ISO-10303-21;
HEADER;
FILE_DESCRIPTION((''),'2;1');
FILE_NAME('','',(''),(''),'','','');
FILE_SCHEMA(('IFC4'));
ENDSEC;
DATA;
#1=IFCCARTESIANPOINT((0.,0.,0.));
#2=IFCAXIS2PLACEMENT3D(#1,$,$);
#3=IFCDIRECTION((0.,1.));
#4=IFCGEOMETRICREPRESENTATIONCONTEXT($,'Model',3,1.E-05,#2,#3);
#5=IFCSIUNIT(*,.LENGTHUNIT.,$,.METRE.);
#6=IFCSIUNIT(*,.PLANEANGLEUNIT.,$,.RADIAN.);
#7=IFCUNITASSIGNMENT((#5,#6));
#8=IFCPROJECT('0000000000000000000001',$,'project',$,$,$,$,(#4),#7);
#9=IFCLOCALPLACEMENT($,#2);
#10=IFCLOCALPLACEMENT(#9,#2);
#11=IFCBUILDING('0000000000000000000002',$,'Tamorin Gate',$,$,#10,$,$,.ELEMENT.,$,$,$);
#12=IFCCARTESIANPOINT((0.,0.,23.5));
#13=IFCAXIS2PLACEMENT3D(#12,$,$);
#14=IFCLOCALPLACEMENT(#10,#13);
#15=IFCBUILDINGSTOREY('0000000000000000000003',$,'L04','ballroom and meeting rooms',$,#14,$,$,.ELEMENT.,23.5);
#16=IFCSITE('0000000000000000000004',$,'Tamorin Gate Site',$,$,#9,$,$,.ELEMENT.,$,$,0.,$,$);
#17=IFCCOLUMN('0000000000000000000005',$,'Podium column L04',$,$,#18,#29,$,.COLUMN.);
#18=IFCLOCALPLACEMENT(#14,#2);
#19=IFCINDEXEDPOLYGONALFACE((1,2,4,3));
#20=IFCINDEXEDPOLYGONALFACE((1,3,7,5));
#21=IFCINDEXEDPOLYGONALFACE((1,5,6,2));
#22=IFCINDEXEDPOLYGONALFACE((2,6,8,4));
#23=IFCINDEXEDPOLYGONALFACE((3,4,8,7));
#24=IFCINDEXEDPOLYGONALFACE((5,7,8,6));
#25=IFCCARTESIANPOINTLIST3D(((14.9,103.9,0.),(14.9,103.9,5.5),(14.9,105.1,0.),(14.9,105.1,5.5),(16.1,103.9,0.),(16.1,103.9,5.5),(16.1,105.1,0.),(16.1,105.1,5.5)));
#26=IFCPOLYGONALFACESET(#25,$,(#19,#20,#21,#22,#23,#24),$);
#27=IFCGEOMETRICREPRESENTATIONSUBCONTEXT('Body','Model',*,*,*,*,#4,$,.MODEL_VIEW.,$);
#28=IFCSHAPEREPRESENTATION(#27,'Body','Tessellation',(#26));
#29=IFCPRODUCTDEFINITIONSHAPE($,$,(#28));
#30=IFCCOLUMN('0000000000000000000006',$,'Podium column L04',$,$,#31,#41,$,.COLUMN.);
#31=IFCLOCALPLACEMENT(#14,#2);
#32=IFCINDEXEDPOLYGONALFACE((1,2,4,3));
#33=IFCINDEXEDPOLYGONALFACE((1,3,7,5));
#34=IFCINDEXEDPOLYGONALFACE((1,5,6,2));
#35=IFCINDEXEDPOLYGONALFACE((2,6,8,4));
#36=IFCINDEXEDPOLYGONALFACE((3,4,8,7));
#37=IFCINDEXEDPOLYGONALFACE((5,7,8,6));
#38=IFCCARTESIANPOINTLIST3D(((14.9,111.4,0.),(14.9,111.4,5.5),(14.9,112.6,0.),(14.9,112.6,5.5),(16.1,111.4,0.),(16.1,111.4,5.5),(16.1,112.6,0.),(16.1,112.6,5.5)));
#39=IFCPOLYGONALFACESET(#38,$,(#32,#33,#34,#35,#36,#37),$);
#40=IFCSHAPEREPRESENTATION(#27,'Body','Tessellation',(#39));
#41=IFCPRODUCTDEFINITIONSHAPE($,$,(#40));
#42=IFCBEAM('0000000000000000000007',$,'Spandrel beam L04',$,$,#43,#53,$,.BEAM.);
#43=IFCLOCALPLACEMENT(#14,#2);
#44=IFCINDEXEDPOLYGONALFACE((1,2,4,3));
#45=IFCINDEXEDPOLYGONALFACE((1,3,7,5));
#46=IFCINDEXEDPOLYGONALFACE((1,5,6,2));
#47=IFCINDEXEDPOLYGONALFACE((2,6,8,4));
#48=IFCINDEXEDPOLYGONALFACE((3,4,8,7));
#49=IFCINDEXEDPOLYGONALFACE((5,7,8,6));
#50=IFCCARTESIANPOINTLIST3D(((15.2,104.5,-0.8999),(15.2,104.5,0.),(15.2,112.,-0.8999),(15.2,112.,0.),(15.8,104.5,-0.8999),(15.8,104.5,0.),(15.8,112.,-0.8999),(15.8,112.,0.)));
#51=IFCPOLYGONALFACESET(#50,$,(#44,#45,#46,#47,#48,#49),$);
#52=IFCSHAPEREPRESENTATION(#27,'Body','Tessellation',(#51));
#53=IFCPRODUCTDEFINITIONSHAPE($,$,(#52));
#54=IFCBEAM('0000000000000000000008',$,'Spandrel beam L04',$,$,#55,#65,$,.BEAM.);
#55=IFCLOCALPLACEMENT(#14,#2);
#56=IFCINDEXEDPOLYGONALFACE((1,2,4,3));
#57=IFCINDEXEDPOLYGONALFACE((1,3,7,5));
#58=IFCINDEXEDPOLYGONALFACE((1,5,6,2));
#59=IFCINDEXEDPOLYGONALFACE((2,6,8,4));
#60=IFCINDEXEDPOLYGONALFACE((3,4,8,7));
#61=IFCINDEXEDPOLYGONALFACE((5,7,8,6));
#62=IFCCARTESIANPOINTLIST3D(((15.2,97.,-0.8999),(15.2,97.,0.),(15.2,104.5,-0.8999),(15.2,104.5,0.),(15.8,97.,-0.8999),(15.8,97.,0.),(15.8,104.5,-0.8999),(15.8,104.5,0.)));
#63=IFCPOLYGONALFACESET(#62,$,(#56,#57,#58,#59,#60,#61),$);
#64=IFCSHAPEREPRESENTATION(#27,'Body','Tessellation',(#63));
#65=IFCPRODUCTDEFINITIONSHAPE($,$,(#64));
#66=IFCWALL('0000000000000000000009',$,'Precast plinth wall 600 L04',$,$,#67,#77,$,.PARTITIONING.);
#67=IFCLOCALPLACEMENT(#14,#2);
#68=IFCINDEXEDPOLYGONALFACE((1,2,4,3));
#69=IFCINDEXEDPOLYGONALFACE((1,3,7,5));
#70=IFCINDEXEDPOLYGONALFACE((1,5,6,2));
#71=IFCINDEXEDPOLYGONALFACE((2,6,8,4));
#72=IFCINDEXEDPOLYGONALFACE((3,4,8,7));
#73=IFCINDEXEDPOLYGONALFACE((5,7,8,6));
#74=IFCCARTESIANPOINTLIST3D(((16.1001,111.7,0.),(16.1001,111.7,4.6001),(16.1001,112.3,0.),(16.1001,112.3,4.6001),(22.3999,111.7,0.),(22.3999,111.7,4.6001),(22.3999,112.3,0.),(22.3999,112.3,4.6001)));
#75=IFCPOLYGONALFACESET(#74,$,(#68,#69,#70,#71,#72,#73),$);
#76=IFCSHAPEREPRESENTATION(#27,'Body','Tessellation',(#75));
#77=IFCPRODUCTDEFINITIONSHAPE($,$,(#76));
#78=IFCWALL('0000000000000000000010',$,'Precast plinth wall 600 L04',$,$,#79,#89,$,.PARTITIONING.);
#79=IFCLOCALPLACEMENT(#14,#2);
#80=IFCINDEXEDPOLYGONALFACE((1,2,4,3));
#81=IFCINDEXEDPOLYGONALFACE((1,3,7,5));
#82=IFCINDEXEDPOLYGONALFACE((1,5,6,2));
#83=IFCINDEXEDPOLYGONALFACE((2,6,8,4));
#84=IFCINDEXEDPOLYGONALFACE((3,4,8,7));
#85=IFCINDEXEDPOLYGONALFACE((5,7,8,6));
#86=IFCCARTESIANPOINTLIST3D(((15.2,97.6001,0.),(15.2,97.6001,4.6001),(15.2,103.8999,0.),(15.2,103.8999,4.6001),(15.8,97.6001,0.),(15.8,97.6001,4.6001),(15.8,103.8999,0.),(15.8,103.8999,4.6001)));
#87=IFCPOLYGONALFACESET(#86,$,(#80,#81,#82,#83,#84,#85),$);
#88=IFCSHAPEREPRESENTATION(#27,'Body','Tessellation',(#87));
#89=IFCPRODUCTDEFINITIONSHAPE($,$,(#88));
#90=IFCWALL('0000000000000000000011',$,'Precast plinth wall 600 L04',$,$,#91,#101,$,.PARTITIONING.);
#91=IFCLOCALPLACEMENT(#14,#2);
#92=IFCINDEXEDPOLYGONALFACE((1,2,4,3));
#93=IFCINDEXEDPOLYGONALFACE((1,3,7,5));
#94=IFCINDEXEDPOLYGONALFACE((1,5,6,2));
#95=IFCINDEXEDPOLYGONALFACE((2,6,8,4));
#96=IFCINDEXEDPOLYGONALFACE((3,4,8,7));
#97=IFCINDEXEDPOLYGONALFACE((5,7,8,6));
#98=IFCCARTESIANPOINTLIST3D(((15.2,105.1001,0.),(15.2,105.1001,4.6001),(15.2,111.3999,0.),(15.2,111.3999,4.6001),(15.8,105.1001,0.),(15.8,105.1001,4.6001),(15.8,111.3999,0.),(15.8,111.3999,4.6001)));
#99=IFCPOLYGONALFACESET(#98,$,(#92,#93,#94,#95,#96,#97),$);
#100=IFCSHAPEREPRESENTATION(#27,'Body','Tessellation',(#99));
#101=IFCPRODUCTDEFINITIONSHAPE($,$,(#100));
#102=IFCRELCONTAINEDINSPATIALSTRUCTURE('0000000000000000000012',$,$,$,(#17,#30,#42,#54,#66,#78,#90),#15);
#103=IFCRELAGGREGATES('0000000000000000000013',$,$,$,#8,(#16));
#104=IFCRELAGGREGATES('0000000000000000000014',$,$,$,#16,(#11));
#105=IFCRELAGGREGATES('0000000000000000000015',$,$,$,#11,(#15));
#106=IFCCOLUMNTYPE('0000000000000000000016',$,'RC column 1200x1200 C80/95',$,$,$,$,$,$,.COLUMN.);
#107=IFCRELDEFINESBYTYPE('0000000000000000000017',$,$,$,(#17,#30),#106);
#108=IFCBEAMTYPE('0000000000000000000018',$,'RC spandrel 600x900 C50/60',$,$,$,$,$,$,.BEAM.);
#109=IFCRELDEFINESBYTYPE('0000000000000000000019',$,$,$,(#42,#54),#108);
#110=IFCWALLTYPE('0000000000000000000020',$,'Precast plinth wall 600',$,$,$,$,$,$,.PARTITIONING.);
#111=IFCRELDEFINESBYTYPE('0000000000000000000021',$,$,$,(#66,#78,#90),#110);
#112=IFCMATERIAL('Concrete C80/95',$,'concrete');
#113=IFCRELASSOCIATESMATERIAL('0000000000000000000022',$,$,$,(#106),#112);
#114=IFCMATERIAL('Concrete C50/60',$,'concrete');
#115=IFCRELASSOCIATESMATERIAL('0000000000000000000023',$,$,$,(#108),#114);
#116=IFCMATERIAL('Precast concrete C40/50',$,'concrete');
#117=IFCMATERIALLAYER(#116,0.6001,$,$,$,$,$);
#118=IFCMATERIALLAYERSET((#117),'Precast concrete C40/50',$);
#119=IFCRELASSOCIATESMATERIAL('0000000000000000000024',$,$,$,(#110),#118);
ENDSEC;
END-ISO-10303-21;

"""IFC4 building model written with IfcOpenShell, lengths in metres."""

from ifc_helpers import new_model, si_unit, direction, frame, frame_2d, origin, origin_2d, place, context, subcontext, project, spatial, rectangle, extrude, material, layer, layer_set, material_profile, profile_set, type_object, element, save


model = new_model("IFC4")

# Units and contexts
model_context = context("Model", 3, precision=1e-05, world=origin(), true_north=direction((0.0, 1.0)))
body_context = subcontext(model_context, "Body", "Model", "MODEL_VIEW")
ifc_project = project(units=[si_unit("LENGTHUNIT", "METRE"), si_unit("PLANEANGLEUNIT", "RADIAN")], contexts=[model_context])

# Site, building, storey
site_placement = place(None, origin())
site = spatial("IfcSite", under=ifc_project, at=site_placement, Name="Tamorin Gate Site", CompositionType="ELEMENT", RefElevation=0.0)
building_placement = place(site_placement, origin())
building = spatial("IfcBuilding", under=site, at=building_placement, Name="Tamorin Gate", CompositionType="ELEMENT")
storey_placement = place(building_placement, frame((0.0, 0.0, 23.5)))
storey = spatial("IfcBuildingStorey", under=building, at=storey_placement, Name="L04", Description="ballroom and meeting rooms", CompositionType="ELEMENT", Elevation=23.5)

# Columns
ifc_material_1 = material(Name="Concrete C80/95", Category="concrete")
ifc_material_profile_1 = material_profile(ifc_material_1, rectangle(XDim=1.2, YDim=1.2, at=origin_2d()), Name="RC 1200x1200")
ifc_profile_set_1 = profile_set([ifc_material_profile_1], Name="Concrete C80/95")
column_type = type_object("IfcColumnType", Name="RC column 1200x1200 C80/95", PredefinedType="COLUMN", material=ifc_profile_set_1)
for number, where, z_axis, x_axis, name in (
    (1, (15.5, 104.5, 0.0), (0.0, 0.0, 1.0), (1.0, 0.0, 0.0), "Podium column L04"),
    (2, (15.5, 112.0, 0.0), (0.0, 0.0, 1.0), (1.0, 0.0, 0.0), "Podium column L04"),
):
    element("IfcColumn", number, at=place(storey_placement, frame(where, z_axis=z_axis, x_axis=x_axis)), inside=storey, type_object=column_type, Name=name, PredefinedType="COLUMN", context=body_context, shape_type="SweptSolid", body=[
        extrude(rectangle(XDim=1.2, YDim=1.2, at=origin_2d()), origin(), (0.0, 0.0, 1.0), 5.5),
    ])

# Beams
ifc_material_2 = material(Name="Concrete C50/60", Category="concrete")
ifc_material_profile_2 = material_profile(ifc_material_2, rectangle(XDim=0.6001, YDim=0.8999, at=origin_2d()), Name="RC 600x900")
ifc_profile_set_2 = profile_set([ifc_material_profile_2], Name="Concrete C50/60")
beam_type = type_object("IfcBeamType", Name="RC spandrel 600x900 C50/60", PredefinedType="BEAM", material=ifc_profile_set_2)
for number, where, z_axis, x_axis, name in (
    (3, (15.5, 112.0, -0.45), (0.0, -1.0, 0.0), (1.0, 0.0, 0.0), "Spandrel beam L04"),
    (4, (15.5, 104.5, -0.45), (0.0, -1.0, 0.0), (1.0, 0.0, 0.0), "Spandrel beam L04"),
):
    element("IfcBeam", number, at=place(storey_placement, frame(where, z_axis=z_axis, x_axis=x_axis)), inside=storey, type_object=beam_type, Name=name, PredefinedType="BEAM", context=body_context, shape_type="SweptSolid", body=[
        extrude(rectangle(XDim=0.6001, YDim=0.8999, at=origin_2d()), origin(), (0.0, 0.0, 1.0), 7.5),
    ])

# Walls
ifc_material_3 = material(Name="Precast concrete C40/50", Category="concrete")
ifc_layer = layer(ifc_material_3, 0.6001)
ifc_layer_set = layer_set([ifc_layer], Name="Precast concrete C40/50")
wall_type = type_object("IfcWallType", Name="Precast plinth wall 600", PredefinedType="PARTITIONING", material=ifc_layer_set)
for number, where, z_axis, x_axis, name in (
    (5, (16.1001, 112.0, 0.0), (0.0, 0.0, 1.0), (1.0, 0.0, 0.0), "Precast plinth wall 600 L04"),
    (6, (15.5, 97.6001, 0.0), (0.0, 0.0, 1.0), (0.0, 1.0, 0.0), "Precast plinth wall 600 L04"),
    (7, (15.5, 105.1001, 0.0), (0.0, 0.0, 1.0), (0.0, 1.0, 0.0), "Precast plinth wall 600 L04"),
):
    element("IfcWall", number, at=place(storey_placement, frame(where, z_axis=z_axis, x_axis=x_axis)), inside=storey, type_object=wall_type, Name=name, PredefinedType="PARTITIONING", context=body_context, shape_type="SweptSolid", body=[
        extrude(rectangle(XDim=6.2998, YDim=0.6001, at=frame_2d((3.1499, 0.0))), origin(), (0.0, 0.0, 1.0), 4.6001),
    ])

save(model, "model.ifc")
